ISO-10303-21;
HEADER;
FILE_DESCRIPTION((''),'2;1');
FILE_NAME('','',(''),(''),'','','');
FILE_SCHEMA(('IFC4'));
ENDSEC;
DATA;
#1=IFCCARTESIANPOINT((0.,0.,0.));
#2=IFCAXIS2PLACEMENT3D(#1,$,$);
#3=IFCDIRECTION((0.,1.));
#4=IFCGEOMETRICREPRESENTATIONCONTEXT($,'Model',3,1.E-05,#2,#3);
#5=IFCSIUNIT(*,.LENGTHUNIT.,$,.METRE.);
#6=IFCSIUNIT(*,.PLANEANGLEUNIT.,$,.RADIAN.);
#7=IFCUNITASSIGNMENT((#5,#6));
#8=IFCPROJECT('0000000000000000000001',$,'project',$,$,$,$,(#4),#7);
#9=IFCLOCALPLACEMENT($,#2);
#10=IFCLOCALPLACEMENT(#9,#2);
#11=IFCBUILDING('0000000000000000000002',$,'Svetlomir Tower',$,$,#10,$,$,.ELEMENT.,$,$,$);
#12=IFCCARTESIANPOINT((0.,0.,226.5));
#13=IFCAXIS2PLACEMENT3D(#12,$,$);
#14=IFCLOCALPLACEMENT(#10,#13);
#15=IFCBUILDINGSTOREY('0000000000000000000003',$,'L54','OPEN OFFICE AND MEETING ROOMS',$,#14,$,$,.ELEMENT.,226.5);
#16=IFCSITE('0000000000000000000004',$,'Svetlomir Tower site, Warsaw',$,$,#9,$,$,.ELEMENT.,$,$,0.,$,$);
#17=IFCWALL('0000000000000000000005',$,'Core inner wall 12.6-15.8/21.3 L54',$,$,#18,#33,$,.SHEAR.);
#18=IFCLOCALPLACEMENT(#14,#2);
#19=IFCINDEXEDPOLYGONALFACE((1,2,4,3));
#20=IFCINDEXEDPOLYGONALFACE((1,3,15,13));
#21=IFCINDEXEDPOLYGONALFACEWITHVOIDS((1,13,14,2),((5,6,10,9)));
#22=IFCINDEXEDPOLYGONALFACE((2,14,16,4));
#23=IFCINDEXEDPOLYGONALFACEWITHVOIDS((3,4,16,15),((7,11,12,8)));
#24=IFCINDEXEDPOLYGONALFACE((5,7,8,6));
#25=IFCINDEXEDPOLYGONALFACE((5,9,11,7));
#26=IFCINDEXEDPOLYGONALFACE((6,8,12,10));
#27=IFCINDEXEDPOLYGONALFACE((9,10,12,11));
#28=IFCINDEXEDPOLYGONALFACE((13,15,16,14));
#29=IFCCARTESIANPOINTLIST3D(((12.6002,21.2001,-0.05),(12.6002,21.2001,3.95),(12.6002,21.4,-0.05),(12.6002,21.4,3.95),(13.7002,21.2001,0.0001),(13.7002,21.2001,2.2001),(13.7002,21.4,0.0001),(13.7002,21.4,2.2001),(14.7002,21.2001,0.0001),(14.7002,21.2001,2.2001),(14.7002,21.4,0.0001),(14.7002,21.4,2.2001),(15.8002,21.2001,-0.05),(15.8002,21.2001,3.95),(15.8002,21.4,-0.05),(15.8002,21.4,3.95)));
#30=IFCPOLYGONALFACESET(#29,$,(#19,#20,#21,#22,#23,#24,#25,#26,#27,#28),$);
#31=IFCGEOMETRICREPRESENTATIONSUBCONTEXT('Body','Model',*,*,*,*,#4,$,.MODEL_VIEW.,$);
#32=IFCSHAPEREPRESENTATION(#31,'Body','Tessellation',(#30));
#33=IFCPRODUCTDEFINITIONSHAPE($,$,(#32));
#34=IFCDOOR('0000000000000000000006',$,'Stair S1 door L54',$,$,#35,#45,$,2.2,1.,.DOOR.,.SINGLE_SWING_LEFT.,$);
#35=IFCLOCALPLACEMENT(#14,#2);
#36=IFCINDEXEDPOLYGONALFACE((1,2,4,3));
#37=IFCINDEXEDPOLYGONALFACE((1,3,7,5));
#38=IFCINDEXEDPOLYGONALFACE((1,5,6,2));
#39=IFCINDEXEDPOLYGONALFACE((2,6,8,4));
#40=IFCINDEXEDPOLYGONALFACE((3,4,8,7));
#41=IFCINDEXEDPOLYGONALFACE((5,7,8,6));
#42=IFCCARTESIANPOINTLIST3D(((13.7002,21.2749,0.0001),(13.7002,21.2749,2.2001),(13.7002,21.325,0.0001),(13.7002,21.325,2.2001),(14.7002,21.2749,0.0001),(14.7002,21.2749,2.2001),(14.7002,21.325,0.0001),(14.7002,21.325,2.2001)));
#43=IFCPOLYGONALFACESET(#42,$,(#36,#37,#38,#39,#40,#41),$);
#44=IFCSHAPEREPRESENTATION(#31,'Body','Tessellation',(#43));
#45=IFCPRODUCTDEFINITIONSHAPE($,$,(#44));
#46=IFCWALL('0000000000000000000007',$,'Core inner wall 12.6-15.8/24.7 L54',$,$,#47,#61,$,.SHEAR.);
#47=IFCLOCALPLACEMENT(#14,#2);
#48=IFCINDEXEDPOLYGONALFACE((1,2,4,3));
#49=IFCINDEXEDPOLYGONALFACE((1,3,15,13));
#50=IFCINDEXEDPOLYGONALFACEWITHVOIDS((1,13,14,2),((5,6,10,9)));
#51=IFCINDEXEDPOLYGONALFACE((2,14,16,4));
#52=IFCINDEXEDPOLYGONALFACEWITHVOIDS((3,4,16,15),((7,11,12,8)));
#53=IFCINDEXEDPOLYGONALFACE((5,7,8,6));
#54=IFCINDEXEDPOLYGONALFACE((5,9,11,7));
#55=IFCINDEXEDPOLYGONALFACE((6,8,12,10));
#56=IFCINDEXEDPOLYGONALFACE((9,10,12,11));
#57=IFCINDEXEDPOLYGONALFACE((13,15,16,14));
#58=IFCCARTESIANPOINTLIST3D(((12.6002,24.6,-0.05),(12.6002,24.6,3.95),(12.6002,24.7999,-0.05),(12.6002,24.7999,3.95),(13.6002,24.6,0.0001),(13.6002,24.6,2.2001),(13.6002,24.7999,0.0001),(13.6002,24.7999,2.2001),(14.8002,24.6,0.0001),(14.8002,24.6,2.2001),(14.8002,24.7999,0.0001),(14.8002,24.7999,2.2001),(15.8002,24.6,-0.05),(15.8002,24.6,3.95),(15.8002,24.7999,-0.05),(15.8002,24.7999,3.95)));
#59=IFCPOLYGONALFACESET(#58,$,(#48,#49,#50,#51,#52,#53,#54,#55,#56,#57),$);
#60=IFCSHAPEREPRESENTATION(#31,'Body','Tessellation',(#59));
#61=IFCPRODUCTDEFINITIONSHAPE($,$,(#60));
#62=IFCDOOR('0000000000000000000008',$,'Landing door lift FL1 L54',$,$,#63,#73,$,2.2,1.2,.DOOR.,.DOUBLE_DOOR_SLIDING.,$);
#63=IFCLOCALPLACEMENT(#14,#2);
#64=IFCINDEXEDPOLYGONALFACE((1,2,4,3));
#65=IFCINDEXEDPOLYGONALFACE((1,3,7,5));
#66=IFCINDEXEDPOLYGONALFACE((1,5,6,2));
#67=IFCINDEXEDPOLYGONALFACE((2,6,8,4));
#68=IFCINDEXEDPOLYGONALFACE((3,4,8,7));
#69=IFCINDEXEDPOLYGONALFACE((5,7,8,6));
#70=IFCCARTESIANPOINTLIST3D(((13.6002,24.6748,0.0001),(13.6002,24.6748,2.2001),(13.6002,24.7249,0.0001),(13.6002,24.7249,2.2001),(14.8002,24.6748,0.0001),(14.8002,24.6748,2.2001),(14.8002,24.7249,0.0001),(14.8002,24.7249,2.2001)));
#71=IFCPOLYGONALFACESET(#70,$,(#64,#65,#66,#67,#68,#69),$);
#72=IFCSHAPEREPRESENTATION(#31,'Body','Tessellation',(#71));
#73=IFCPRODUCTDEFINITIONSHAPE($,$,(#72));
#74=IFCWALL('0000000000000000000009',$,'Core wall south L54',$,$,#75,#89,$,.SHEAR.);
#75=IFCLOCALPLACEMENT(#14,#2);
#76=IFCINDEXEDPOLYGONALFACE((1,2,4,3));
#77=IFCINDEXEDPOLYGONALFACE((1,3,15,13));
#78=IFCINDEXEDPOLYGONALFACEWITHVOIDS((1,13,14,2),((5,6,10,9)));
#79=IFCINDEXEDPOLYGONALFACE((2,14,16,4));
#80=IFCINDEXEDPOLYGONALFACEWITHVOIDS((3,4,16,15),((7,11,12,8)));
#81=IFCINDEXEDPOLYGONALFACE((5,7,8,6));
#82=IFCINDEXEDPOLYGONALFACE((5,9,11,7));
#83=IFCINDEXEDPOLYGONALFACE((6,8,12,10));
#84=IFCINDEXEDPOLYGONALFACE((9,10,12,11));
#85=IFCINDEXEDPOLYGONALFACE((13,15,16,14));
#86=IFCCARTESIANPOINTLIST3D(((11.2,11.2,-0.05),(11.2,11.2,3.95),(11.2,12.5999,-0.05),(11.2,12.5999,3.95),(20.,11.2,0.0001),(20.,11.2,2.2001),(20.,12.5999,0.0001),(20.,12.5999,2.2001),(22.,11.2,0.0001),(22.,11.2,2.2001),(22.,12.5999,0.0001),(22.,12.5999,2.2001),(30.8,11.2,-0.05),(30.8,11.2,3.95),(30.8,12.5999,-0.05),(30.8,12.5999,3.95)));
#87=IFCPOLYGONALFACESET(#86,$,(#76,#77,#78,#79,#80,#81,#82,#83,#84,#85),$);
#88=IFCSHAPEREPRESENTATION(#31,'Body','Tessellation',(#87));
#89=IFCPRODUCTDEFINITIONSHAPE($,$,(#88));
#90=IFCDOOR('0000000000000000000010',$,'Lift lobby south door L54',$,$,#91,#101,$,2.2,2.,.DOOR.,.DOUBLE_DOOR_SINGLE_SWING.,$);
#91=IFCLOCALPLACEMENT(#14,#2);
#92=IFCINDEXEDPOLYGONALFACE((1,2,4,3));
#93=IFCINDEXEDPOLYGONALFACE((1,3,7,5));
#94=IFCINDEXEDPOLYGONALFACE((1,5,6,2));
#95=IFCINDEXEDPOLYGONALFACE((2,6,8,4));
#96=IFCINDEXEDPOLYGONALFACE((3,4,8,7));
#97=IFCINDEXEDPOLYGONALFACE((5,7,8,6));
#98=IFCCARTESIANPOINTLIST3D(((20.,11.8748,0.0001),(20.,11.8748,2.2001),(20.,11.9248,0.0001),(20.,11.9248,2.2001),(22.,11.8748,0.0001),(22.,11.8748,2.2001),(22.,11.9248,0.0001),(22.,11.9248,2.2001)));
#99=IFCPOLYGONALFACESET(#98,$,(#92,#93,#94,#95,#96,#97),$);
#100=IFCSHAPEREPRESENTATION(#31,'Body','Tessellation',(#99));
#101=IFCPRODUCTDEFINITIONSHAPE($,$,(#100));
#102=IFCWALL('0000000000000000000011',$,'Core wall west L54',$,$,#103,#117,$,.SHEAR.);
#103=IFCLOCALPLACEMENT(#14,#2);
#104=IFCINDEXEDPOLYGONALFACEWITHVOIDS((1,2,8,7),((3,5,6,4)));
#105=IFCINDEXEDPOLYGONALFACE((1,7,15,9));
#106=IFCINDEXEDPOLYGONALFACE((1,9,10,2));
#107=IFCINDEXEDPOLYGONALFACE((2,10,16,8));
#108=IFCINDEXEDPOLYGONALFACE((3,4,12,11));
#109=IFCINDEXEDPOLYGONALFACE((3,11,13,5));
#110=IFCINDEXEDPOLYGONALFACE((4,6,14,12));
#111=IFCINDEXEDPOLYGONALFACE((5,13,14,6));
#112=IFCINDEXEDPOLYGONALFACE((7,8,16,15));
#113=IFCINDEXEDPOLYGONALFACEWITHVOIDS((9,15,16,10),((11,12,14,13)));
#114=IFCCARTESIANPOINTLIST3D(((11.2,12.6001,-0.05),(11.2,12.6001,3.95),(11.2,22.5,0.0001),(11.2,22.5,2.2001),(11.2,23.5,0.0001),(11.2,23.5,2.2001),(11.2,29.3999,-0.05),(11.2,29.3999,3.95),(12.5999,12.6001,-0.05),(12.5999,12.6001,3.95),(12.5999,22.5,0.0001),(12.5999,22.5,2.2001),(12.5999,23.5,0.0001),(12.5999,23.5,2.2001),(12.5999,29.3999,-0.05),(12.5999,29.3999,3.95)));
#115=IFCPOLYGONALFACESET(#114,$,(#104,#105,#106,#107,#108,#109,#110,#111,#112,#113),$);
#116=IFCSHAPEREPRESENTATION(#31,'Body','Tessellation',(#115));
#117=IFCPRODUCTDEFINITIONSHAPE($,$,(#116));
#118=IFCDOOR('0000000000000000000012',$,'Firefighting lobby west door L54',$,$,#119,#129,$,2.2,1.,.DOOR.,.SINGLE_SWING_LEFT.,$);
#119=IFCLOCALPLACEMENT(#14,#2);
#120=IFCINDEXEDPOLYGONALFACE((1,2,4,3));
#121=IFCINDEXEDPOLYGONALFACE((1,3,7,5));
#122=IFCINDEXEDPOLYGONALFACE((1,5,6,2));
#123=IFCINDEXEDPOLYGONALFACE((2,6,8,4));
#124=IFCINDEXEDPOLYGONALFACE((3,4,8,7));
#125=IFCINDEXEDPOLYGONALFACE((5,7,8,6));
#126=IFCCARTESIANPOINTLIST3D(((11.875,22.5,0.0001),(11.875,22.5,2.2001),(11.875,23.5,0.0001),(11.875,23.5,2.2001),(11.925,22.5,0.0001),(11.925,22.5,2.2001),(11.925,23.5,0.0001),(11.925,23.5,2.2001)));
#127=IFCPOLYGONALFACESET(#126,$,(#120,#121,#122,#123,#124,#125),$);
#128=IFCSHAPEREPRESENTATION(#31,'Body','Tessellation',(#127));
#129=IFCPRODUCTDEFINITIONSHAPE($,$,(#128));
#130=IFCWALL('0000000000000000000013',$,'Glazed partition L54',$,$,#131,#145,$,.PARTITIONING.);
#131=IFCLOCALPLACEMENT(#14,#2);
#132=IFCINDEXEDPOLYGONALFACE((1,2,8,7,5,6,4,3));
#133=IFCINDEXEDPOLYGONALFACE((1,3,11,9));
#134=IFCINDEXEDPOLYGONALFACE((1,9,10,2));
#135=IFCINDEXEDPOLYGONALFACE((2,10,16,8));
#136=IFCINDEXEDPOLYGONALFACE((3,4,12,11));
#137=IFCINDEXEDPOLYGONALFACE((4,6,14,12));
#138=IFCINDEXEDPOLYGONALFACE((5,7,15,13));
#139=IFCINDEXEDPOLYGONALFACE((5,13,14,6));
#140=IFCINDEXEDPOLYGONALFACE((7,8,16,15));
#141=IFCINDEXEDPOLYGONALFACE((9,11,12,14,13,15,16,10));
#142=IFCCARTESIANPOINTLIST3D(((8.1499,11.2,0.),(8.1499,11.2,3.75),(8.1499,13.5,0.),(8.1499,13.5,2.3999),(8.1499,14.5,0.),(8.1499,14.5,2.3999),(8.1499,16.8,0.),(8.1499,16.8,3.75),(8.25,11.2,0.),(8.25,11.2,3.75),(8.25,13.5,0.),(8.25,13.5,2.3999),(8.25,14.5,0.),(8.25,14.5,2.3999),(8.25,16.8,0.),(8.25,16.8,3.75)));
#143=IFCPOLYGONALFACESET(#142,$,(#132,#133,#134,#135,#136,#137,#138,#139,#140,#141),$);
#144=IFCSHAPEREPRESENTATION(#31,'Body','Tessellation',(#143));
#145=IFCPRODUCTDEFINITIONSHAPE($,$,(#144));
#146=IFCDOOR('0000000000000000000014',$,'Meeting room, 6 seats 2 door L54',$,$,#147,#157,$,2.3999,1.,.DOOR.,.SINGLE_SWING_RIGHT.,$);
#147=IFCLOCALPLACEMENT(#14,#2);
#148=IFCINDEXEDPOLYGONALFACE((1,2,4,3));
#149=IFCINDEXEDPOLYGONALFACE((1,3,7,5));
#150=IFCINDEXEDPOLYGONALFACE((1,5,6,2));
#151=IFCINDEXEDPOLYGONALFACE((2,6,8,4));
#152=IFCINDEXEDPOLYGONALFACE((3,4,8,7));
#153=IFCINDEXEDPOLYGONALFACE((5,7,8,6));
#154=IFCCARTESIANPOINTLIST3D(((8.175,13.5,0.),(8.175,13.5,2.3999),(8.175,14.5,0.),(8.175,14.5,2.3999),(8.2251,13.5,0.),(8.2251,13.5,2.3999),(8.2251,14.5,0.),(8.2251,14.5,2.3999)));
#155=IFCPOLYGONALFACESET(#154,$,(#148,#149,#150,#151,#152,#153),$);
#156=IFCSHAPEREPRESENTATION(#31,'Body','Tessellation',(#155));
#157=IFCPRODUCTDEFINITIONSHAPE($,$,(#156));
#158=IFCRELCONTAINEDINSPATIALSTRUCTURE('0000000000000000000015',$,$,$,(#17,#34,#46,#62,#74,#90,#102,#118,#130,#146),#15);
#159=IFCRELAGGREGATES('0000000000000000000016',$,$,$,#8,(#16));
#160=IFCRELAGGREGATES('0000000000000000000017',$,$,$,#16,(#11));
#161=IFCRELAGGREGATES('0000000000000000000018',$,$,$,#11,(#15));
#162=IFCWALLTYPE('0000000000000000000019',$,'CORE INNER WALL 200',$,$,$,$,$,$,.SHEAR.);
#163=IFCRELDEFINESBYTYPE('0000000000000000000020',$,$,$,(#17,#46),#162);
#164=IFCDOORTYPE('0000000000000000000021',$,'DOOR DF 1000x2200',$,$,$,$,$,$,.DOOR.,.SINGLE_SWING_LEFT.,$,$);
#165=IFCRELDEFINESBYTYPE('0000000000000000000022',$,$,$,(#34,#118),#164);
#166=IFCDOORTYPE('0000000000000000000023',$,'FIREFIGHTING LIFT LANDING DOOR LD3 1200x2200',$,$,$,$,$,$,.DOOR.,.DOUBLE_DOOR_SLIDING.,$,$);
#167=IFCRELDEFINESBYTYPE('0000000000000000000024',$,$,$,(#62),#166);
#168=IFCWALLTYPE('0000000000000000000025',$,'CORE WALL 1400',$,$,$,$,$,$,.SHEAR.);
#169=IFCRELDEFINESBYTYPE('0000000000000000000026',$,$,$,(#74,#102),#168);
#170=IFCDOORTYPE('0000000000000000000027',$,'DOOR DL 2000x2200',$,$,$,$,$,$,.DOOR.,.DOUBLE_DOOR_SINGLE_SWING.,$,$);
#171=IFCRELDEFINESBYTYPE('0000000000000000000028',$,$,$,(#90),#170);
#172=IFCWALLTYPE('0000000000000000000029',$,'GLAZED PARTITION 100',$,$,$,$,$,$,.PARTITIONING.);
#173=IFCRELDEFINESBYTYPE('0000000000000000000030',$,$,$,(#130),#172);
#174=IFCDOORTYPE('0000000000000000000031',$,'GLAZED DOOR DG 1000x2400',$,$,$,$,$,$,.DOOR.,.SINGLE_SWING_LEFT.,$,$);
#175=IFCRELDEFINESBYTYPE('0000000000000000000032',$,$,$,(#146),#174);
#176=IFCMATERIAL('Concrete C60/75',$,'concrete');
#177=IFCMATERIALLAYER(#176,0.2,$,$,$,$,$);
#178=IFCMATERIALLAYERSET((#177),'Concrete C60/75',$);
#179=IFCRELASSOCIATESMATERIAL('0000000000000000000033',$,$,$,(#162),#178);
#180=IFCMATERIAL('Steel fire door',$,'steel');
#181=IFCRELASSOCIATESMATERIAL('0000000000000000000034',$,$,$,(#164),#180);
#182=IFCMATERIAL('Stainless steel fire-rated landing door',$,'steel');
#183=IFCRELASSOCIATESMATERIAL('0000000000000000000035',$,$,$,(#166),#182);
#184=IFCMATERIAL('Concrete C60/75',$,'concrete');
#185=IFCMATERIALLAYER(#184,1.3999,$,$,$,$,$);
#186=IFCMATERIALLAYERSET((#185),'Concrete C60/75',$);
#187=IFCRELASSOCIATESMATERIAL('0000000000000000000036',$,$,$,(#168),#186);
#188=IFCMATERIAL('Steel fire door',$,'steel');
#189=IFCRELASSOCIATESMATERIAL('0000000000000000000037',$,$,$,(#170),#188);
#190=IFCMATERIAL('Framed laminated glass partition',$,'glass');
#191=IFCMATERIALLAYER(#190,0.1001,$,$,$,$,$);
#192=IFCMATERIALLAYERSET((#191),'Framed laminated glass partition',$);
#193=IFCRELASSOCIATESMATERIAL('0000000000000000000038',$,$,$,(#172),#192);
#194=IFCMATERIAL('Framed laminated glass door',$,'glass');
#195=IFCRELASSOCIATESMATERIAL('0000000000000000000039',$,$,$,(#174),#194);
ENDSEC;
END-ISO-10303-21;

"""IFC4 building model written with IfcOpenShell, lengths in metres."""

from ifc_helpers import new_model, si_unit, direction, frame, frame_2d, origin, place, context, subcontext, project, spatial, rectangle, extrude, material, layer, layer_set, type_object, element, fill, save


model = new_model("IFC4")

# Units and contexts
model_context = context("Model", 3, precision=1e-05, world=origin(), true_north=direction((0.0, 1.0)))
body_context = subcontext(model_context, "Body", "Model", "MODEL_VIEW")
ifc_project = project(units=[si_unit("LENGTHUNIT", "METRE"), si_unit("PLANEANGLEUNIT", "RADIAN")], contexts=[model_context])

# Site, building, storey
site_placement = place(None, origin())
site = spatial("IfcSite", under=ifc_project, at=site_placement, Name="Svetlomir Tower site, Warsaw", CompositionType="ELEMENT", RefElevation=0.0)
building_placement = place(site_placement, origin())
building = spatial("IfcBuilding", under=site, at=building_placement, Name="Svetlomir Tower", CompositionType="ELEMENT")
storey_placement = place(building_placement, frame((0.0, 0.0, 226.5)))
storey = spatial("IfcBuildingStorey", under=building, at=storey_placement, Name="L54", Description="OPEN OFFICE AND MEETING ROOMS", CompositionType="ELEMENT", Elevation=226.5)

# Walls, openings, doors
ifc_material_1 = material(Name="Concrete C60/75", Category="concrete")
ifc_layer_1 = layer(ifc_material_1, 0.2)
ifc_layer_set_1 = layer_set([ifc_layer_1], Name="Concrete C60/75")
wall_type_1 = type_object("IfcWallType", Name="CORE INNER WALL 200", PredefinedType="SHEAR", material=ifc_layer_set_1)
ifc_material_2 = material(Name="Steel fire door", Category="steel")
door_type_1 = type_object("IfcDoorType", Name="DOOR DF 1000x2200", OperationType="SINGLE_SWING_LEFT", PredefinedType="DOOR", material=ifc_material_2)
wall_1_placement = place(storey_placement, frame((12.6001, 21.3, -0.05), z_axis=(0.0, 0.0, 1.0), x_axis=(1.0, 0.0, 0.0)))
wall_1 = element("IfcWall", 1, at=wall_1_placement, inside=storey, type_object=wall_type_1, Name="Core inner wall 12.6-15.8/21.3 L54", PredefinedType="SHEAR", context=body_context, shape_type="SweptSolid", body=[
    extrude(rectangle(XDim=3.2, YDim=0.2, at=frame_2d((1.6001, 0.0))), origin(), (0.0, 0.0, 1.0), 4.0),
])
opening_1_placement = place(wall_1_placement, frame((1.1001, 0.0, 0.05)))
opening_1 = element("IfcOpeningElement", 2, at=opening_1_placement, cuts=wall_1, PredefinedType="OPENING", context=body_context, shape_type="SweptSolid", body=[
    extrude(rectangle(XDim=1.0, YDim=2.2, at=frame_2d((0.5, 1.1001))), frame((0.0, 0.1099, 0.0), z_axis=(0.0, -1.0, 0.0), x_axis=(1.0, 0.0, 0.0)), (0.0, 0.0, 1.0), 0.22),
])
door_1_placement = place(opening_1_placement, origin())
door_1 = element("IfcDoor", 3, at=door_1_placement, inside=storey, type_object=door_type_1, Name="Stair S1 door L54", OperationType="SINGLE_SWING_LEFT", OverallHeight=2.2, OverallWidth=1.0, PredefinedType="DOOR", context=body_context, shape_type="SweptSolid", body=[
    extrude(rectangle(XDim=1.0, YDim=2.2, at=frame_2d((0.5, 1.1001))), frame((0.0, 0.0249, 0.0), z_axis=(0.0, -1.0, 0.0), x_axis=(1.0, 0.0, 0.0)), (0.0, 0.0, 1.0), 0.05),
])
fill(opening_1, door_1)
wall_2_placement = place(storey_placement, frame((12.6001, 24.7, -0.05), z_axis=(0.0, 0.0, 1.0), x_axis=(1.0, 0.0, 0.0)))
wall_2 = element("IfcWall", 4, at=wall_2_placement, inside=storey, type_object=wall_type_1, Name="Core inner wall 12.6-15.8/24.7 L54", PredefinedType="SHEAR", context=body_context, shape_type="SweptSolid", body=[
    extrude(rectangle(XDim=3.2, YDim=0.2, at=frame_2d((1.6001, 0.0))), origin(), (0.0, 0.0, 1.0), 4.0),
])
opening_2_placement = place(wall_2_placement, frame((1.0, 0.0, 0.05)))
opening_2 = element("IfcOpeningElement", 5, at=opening_2_placement, cuts=wall_2, PredefinedType="OPENING", context=body_context, shape_type="SweptSolid", body=[
    extrude(rectangle(XDim=1.2, YDim=2.2, at=frame_2d((0.6001, 1.1001))), frame((0.0, 0.1099, 0.0), z_axis=(0.0, -1.0, 0.0), x_axis=(1.0, 0.0, 0.0)), (0.0, 0.0, 1.0), 0.22),
])
ifc_material_3 = material(Name="Stainless steel fire-rated landing door", Category="steel")
door_type_2 = type_object("IfcDoorType", Name="FIREFIGHTING LIFT LANDING DOOR LD3 1200x2200", OperationType="DOUBLE_DOOR_SLIDING", PredefinedType="DOOR", material=ifc_material_3)
door_2_placement = place(opening_2_placement, origin())
door_2 = element("IfcDoor", 6, at=door_2_placement, inside=storey, type_object=door_type_2, Name="Landing door lift FL1 L54", OperationType="DOUBLE_DOOR_SLIDING", OverallHeight=2.2, OverallWidth=1.2, PredefinedType="DOOR", context=body_context, shape_type="SweptSolid", body=[
    extrude(rectangle(XDim=1.2, YDim=2.2, at=frame_2d((0.6001, 1.1001))), frame((0.0, 0.0249, 0.0), z_axis=(0.0, -1.0, 0.0), x_axis=(1.0, 0.0, 0.0)), (0.0, 0.0, 1.0), 0.05),
])
fill(opening_2, door_2)
ifc_material_4 = material(Name="Concrete C60/75", Category="concrete")
ifc_layer_2 = layer(ifc_material_4, 1.3999)
ifc_layer_set_2 = layer_set([ifc_layer_2], Name="Concrete C60/75")
wall_type_2 = type_object("IfcWallType", Name="CORE WALL 1400", PredefinedType="SHEAR", material=ifc_layer_set_2)
wall_3_placement = place(storey_placement, frame((11.2, 11.8999, -0.05), z_axis=(0.0, 0.0, 1.0), x_axis=(1.0, 0.0, 0.0)))
wall_3 = element("IfcWall", 7, at=wall_3_placement, inside=storey, type_object=wall_type_2, Name="Core wall south L54", PredefinedType="SHEAR", context=body_context, shape_type="SweptSolid", body=[
    extrude(rectangle(XDim=19.6001, YDim=1.3999, at=frame_2d((9.8, 0.0))), origin(), (0.0, 0.0, 1.0), 4.0),
])
opening_3_placement = place(wall_3_placement, frame((8.8, 0.0, 0.05)))
opening_3 = element("IfcOpeningElement", 8, at=opening_3_placement, cuts=wall_3, PredefinedType="OPENING", context=body_context, shape_type="SweptSolid", body=[
    extrude(rectangle(XDim=2.0, YDim=2.2, at=frame_2d((1.0, 1.1001))), frame((0.0, 0.71, 0.0), z_axis=(0.0, -1.0, 0.0), x_axis=(1.0, 0.0, 0.0)), (0.0, 0.0, 1.0), 1.4199),
])
ifc_material_5 = material(Name="Steel fire door", Category="steel")
door_type_3 = type_object("IfcDoorType", Name="DOOR DL 2000x2200", OperationType="DOUBLE_DOOR_SINGLE_SWING", PredefinedType="DOOR", material=ifc_material_5)
door_3_placement = place(opening_3_placement, origin())
door_3 = element("IfcDoor", 9, at=door_3_placement, inside=storey, type_object=door_type_3, Name="Lift lobby south door L54", OperationType="DOUBLE_DOOR_SINGLE_SWING", OverallHeight=2.2, OverallWidth=2.0, PredefinedType="DOOR", context=body_context, shape_type="SweptSolid", body=[
    extrude(rectangle(XDim=2.0, YDim=2.2, at=frame_2d((1.0, 1.1001))), frame((0.0, 0.0249, 0.0), z_axis=(0.0, -1.0, 0.0), x_axis=(1.0, 0.0, 0.0)), (0.0, 0.0, 1.0), 0.05),
])
fill(opening_3, door_3)
wall_4_placement = place(storey_placement, frame((11.8999, 12.6001, -0.05), z_axis=(0.0, 0.0, 1.0), x_axis=(0.0, 1.0, 0.0)))
wall_4 = element("IfcWall", 10, at=wall_4_placement, inside=storey, type_object=wall_type_2, Name="Core wall west L54", PredefinedType="SHEAR", context=body_context, shape_type="SweptSolid", body=[
    extrude(rectangle(XDim=16.7998, YDim=1.3999, at=frame_2d((8.3999, 0.0))), origin(), (0.0, 0.0, 1.0), 4.0),
])
opening_4_placement = place(wall_4_placement, frame((9.8999, 0.0, 0.05)))
opening_4 = element("IfcOpeningElement", 11, at=opening_4_placement, cuts=wall_4, PredefinedType="OPENING", context=body_context, shape_type="SweptSolid", body=[
    extrude(rectangle(XDim=1.0, YDim=2.2, at=frame_2d((0.5, 1.1001))), frame((0.0, 0.71, 0.0), z_axis=(0.0, -1.0, 0.0), x_axis=(1.0, 0.0, 0.0)), (0.0, 0.0, 1.0), 1.4199),
])
door_4_placement = place(opening_4_placement, origin())
door_4 = element("IfcDoor", 12, at=door_4_placement, inside=storey, type_object=door_type_1, Name="Firefighting lobby west door L54", OperationType="SINGLE_SWING_LEFT", OverallHeight=2.2, OverallWidth=1.0, PredefinedType="DOOR", context=body_context, shape_type="SweptSolid", body=[
    extrude(rectangle(XDim=1.0, YDim=2.2, at=frame_2d((0.5, 1.1001))), frame((0.0, 0.0249, 0.0), z_axis=(0.0, -1.0, 0.0), x_axis=(1.0, 0.0, 0.0)), (0.0, 0.0, 1.0), 0.05),
])
fill(opening_4, door_4)
ifc_material_6 = material(Name="Framed laminated glass partition", Category="glass")
ifc_layer_3 = layer(ifc_material_6, 0.1001)
ifc_layer_set_3 = layer_set([ifc_layer_3], Name="Framed laminated glass partition")
wall_type_3 = type_object("IfcWallType", Name="GLAZED PARTITION 100", PredefinedType="PARTITIONING", material=ifc_layer_set_3)
wall_5_placement = place(storey_placement, frame((8.2, 11.2, 0.0), z_axis=(0.0, 0.0, 1.0), x_axis=(0.0, 1.0, 0.0)))
wall_5 = element("IfcWall", 13, at=wall_5_placement, inside=storey, type_object=wall_type_3, Name="Glazed partition L54", PredefinedType="PARTITIONING", context=body_context, shape_type="SweptSolid", body=[
    extrude(rectangle(XDim=5.6001, YDim=0.1001, at=frame_2d((2.8, 0.0))), origin(), (0.0, 0.0, 1.0), 3.75),
])
opening_5_placement = place(wall_5_placement, frame((2.3, 0.0, 0.0)))
opening_5 = element("IfcOpeningElement", 14, at=opening_5_placement, cuts=wall_5, PredefinedType="OPENING", context=body_context, shape_type="SweptSolid", body=[
    extrude(rectangle(XDim=1.0, YDim=2.3999, at=frame_2d((0.5, 1.2))), frame((0.0, 0.0601, 0.0), z_axis=(0.0, -1.0, 0.0), x_axis=(1.0, 0.0, 0.0)), (0.0, 0.0, 1.0), 0.1201),
])
ifc_material_7 = material(Name="Framed laminated glass door", Category="glass")
door_type_4 = type_object("IfcDoorType", Name="GLAZED DOOR DG 1000x2400", OperationType="SINGLE_SWING_LEFT", PredefinedType="DOOR", material=ifc_material_7)
door_5_placement = place(opening_5_placement, origin())
door_5 = element("IfcDoor", 15, at=door_5_placement, inside=storey, type_object=door_type_4, Name="Meeting room, 6 seats 2 door L54", OperationType="SINGLE_SWING_RIGHT", OverallHeight=2.3999, OverallWidth=1.0, PredefinedType="DOOR", context=body_context, shape_type="SweptSolid", body=[
    extrude(rectangle(XDim=1.0, YDim=2.3999, at=frame_2d((0.5, 1.2))), frame((0.0, 0.0249, 0.0), z_axis=(0.0, -1.0, 0.0), x_axis=(1.0, 0.0, 0.0)), (0.0, 0.0, 1.0), 0.05),
])
fill(opening_5, door_5)

save(model, "model.ifc")
